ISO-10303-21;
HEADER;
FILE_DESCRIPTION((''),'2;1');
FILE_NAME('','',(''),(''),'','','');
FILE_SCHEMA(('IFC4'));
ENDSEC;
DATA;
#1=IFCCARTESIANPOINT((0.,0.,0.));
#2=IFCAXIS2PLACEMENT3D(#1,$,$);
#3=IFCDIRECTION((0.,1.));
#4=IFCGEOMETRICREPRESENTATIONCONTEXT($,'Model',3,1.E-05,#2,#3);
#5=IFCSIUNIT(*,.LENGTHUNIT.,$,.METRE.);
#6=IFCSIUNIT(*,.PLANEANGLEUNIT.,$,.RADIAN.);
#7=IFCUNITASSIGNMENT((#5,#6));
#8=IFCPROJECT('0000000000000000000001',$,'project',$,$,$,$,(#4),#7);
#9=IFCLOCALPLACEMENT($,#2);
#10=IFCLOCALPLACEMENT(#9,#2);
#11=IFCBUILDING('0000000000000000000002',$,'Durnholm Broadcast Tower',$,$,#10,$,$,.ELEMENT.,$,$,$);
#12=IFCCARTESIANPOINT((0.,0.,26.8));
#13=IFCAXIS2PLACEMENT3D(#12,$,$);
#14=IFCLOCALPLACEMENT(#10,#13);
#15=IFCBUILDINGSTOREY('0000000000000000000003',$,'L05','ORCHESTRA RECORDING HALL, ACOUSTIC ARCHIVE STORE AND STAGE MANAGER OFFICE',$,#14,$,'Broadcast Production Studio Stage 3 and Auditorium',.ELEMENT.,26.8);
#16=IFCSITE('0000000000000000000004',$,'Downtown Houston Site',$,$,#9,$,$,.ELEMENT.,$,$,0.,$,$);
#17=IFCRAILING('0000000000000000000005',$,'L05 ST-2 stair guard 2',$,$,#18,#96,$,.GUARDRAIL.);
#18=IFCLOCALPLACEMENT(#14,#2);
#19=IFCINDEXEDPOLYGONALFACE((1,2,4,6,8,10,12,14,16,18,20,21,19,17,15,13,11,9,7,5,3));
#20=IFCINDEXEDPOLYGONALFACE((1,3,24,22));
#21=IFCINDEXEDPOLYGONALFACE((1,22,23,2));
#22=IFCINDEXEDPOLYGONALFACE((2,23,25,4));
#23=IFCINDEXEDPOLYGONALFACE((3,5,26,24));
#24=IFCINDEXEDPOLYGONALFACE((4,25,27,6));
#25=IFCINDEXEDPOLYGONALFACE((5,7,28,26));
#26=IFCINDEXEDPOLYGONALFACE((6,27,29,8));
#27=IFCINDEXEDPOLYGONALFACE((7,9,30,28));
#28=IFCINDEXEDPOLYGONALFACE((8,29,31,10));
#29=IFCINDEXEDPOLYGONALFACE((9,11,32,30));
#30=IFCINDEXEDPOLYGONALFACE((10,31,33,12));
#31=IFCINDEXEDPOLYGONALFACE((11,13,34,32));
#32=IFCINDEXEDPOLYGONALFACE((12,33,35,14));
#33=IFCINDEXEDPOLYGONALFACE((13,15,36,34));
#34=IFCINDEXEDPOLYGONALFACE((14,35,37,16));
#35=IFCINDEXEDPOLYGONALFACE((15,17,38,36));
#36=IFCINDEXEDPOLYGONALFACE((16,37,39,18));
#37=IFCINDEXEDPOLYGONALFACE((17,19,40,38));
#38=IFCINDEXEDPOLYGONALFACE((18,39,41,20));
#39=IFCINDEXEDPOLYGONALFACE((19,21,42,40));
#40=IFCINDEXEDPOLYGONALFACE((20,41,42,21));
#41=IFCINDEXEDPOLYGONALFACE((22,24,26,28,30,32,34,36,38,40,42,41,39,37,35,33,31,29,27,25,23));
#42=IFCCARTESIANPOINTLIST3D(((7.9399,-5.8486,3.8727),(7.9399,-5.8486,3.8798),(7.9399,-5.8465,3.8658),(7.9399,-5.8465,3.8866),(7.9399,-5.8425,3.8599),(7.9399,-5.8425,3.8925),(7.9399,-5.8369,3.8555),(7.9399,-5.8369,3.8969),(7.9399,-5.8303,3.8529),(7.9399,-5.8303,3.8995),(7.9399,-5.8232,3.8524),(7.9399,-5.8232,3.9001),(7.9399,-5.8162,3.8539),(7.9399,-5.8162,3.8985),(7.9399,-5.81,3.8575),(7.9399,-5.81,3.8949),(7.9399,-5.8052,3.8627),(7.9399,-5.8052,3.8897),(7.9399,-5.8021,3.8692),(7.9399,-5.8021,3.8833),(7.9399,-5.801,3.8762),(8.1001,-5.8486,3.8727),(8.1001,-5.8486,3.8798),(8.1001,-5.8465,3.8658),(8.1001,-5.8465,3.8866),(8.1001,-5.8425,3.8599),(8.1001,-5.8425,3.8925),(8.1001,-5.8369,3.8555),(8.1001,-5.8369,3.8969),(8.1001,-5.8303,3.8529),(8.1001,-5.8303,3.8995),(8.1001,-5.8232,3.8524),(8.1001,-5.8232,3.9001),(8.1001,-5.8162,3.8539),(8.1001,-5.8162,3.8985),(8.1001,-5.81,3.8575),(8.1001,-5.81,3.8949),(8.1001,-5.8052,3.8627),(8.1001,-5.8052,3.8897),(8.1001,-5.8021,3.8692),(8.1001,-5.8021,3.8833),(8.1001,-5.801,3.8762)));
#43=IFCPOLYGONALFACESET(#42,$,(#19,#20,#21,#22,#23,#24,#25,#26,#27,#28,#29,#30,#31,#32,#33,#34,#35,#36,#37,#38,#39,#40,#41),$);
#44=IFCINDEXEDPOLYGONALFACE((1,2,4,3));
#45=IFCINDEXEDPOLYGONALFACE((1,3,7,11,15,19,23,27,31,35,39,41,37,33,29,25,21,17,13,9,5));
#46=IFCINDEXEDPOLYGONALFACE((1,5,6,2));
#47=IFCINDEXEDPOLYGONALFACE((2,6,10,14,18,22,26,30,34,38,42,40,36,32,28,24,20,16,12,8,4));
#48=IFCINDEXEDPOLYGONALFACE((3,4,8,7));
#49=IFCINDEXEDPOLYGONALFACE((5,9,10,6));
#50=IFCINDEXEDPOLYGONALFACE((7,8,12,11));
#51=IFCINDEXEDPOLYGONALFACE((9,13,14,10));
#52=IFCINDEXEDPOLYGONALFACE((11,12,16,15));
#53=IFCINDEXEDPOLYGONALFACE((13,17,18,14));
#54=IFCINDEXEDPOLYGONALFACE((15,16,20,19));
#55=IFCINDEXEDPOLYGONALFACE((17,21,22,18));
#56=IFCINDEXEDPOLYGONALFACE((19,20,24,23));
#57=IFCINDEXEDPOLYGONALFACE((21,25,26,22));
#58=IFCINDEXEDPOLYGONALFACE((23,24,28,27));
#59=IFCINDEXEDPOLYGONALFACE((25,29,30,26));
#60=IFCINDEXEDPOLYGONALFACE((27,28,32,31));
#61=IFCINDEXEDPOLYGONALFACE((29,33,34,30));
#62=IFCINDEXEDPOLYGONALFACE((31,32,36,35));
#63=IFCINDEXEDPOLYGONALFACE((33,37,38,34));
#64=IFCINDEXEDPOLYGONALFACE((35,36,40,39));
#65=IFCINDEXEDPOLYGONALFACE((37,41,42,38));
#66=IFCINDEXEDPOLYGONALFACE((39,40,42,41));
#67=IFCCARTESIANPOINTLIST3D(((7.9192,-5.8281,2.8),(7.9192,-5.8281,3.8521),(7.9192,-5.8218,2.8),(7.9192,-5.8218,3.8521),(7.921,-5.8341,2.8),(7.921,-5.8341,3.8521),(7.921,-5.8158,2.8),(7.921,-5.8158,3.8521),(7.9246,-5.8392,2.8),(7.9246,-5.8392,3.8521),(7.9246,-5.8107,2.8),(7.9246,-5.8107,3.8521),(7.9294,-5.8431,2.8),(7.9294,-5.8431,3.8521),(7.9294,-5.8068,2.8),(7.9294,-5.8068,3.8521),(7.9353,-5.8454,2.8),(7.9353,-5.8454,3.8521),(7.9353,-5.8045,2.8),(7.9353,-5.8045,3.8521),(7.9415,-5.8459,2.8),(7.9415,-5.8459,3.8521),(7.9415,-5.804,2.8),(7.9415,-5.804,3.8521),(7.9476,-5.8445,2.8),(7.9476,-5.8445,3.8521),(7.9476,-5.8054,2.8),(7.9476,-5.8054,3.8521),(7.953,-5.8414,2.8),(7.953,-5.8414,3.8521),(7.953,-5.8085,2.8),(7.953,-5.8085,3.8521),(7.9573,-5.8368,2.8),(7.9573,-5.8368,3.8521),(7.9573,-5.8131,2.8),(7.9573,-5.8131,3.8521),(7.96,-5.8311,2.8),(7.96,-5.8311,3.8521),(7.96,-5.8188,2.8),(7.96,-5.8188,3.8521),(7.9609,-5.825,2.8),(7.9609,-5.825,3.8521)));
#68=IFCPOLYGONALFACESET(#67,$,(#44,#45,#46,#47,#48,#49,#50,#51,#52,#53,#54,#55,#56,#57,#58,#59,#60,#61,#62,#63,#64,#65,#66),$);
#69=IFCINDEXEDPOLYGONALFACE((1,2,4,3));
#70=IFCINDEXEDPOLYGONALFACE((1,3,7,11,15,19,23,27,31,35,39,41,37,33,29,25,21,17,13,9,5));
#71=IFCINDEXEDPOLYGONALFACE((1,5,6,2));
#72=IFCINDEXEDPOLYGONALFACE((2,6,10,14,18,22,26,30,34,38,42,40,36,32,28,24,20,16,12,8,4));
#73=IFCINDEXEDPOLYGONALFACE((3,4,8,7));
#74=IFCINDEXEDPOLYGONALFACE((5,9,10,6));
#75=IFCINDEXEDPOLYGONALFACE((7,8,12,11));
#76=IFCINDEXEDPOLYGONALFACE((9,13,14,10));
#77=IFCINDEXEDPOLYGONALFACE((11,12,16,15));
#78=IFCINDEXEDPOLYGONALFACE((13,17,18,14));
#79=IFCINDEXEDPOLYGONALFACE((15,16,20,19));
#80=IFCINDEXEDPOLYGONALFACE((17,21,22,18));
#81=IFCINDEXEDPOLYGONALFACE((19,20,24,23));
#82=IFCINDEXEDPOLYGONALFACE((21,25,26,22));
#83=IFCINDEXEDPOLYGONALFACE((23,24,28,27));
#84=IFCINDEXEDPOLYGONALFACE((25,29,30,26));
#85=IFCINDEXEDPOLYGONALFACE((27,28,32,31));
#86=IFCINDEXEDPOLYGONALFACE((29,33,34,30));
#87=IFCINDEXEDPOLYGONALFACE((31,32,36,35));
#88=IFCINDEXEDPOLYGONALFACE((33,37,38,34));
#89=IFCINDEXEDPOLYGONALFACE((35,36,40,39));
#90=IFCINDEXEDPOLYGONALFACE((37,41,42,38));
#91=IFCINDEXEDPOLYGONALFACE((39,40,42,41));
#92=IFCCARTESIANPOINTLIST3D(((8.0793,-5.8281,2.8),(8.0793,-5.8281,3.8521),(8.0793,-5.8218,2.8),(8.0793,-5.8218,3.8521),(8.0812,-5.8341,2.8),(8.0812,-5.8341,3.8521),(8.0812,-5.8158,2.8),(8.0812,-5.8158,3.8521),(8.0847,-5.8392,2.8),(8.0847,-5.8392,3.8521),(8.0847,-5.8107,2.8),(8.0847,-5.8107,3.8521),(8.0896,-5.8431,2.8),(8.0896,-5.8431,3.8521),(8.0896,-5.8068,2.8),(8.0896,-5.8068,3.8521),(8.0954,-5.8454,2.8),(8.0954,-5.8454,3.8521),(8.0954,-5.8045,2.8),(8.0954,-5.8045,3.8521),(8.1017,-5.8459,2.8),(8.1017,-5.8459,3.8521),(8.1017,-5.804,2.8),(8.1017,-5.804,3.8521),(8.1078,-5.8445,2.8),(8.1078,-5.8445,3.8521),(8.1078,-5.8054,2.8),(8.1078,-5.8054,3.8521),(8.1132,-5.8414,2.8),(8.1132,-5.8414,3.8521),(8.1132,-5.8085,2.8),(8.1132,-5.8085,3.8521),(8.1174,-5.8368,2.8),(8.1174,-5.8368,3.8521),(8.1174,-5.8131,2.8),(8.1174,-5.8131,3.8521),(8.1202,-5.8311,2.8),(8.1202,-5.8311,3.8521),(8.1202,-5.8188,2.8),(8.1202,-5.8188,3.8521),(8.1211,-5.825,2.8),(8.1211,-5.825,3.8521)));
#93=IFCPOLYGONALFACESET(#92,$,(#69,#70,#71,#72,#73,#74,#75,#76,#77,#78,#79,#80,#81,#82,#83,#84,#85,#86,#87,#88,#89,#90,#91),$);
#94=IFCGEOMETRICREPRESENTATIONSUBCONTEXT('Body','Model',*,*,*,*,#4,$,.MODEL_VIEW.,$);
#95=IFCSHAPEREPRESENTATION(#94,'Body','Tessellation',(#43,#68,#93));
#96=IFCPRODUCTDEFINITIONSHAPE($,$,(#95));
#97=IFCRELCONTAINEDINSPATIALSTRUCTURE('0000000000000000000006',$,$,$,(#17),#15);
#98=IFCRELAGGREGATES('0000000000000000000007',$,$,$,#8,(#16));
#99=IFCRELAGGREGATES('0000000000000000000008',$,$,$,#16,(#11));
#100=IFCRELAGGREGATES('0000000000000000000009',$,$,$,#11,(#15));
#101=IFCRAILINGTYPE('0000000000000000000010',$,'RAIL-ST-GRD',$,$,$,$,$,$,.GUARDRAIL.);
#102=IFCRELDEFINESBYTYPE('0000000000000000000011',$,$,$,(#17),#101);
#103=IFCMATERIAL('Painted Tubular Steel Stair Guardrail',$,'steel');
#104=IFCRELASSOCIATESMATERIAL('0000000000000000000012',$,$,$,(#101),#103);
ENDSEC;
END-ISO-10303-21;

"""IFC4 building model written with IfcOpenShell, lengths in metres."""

from ifc_helpers import new_model, si_unit, direction, frame, origin, origin_2d, place, context, subcontext, project, spatial, circle, extrude, material, type_object, element, save


model = new_model("IFC4")

# Units and contexts
model_context = context("Model", 3, precision=1e-05, world=origin(), true_north=direction((0.0, 1.0)))
body_context = subcontext(model_context, "Body", "Model", "MODEL_VIEW")
ifc_project = project(units=[si_unit("LENGTHUNIT", "METRE"), si_unit("PLANEANGLEUNIT", "RADIAN")], contexts=[model_context])

# Site, building, storey
site_placement = place(None, origin())
site = spatial("IfcSite", under=ifc_project, at=site_placement, Name="Downtown Houston Site", CompositionType="ELEMENT", RefElevation=0.0)
building_placement = place(site_placement, origin())
building = spatial("IfcBuilding", under=site, at=building_placement, Name="Durnholm Broadcast Tower", CompositionType="ELEMENT")
storey_placement = place(building_placement, frame((0.0, 0.0, 26.8)))
storey = spatial("IfcBuildingStorey", under=building, at=storey_placement, Name="L05", Description="ORCHESTRA RECORDING HALL, ACOUSTIC ARCHIVE STORE AND STAGE MANAGER OFFICE", LongName="Broadcast Production Studio Stage 3 and Auditorium", CompositionType="ELEMENT", Elevation=26.8)

# Railing
ifc_material_1 = material(Name="Painted Tubular Steel Stair Guardrail", Category="steel")
railing_type_1 = type_object("IfcRailingType", Name="RAIL-ST-GRD", PredefinedType="GUARDRAIL", material=ifc_material_1)
railing_1_placement = place(storey_placement, frame((7.9399, -5.825, 2.8)))
element("IfcRailing", 1, at=railing_1_placement, inside=storey, type_object=railing_type_1, Name="L05 ST-2 stair guard 2", PredefinedType="GUARDRAIL", context=body_context, shape_type="SweptSolid", body=[
    extrude(circle(Radius=0.0239, at=origin_2d()), frame((0.0, 0.0, 1.0762), z_axis=(1.0, 0.0, 0.0), x_axis=(0.0, 1.0, 0.0)), (0.0, 0.0, 1.0), 0.1602),
    extrude(circle(Radius=0.021, at=origin_2d()), origin(), (0.0, 0.0, 1.0), 1.052),
    extrude(circle(Radius=0.021, at=origin_2d()), frame((0.1602, 0.0, 0.0)), (0.0, 0.0, 1.0), 1.052),
])

save(model, "model.ifc")
